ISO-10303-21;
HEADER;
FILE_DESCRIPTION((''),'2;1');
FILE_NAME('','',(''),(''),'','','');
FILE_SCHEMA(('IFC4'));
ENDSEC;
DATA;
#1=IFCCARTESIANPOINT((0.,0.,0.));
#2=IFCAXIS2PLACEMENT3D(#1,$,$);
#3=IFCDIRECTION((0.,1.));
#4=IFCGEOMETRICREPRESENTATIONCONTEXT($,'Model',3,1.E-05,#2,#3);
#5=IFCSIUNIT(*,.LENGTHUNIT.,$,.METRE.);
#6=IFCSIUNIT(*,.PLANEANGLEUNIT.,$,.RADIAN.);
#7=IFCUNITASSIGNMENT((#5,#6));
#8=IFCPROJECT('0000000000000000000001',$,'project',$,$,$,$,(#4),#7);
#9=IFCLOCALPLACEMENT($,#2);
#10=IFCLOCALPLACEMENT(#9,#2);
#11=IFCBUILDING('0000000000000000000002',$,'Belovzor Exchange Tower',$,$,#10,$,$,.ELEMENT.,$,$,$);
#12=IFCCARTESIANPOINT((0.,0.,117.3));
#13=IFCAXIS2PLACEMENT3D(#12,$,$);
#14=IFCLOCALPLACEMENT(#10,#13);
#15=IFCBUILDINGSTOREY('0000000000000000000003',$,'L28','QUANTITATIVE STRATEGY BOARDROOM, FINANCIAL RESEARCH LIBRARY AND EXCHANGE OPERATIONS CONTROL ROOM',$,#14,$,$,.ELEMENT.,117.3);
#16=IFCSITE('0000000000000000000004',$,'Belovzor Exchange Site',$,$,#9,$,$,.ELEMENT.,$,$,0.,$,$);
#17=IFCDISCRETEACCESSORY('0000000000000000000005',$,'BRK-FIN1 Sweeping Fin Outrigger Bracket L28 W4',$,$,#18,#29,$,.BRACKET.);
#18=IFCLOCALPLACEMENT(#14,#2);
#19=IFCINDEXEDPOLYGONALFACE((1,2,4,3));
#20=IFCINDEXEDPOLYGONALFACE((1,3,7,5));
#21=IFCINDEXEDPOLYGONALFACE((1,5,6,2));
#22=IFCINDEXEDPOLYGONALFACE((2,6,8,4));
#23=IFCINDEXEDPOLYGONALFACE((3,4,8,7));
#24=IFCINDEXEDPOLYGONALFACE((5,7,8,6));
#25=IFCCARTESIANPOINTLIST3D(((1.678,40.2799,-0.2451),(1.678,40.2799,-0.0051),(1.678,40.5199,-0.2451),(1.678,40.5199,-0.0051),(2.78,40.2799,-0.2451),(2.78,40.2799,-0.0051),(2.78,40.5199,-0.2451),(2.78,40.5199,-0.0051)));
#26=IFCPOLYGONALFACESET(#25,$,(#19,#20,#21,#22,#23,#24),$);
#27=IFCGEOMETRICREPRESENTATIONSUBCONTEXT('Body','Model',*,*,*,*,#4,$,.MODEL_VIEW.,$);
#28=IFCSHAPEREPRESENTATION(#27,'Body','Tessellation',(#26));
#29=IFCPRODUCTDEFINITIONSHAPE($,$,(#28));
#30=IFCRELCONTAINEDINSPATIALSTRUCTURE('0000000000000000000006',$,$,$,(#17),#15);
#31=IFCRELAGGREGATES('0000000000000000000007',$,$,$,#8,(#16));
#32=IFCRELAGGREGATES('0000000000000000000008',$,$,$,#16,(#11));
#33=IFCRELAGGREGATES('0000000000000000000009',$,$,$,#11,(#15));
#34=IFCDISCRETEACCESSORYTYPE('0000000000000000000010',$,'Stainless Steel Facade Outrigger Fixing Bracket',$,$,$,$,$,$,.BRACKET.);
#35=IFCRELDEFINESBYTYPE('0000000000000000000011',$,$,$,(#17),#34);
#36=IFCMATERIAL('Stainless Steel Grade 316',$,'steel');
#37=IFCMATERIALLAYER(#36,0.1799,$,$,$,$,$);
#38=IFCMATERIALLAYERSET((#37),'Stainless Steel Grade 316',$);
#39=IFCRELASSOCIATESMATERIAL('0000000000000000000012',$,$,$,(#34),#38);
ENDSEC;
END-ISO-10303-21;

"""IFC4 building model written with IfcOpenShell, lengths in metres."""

from ifc_helpers import new_model, si_unit, direction, frame, origin, origin_2d, place, context, subcontext, project, spatial, rectangle, extrude, material, layer, layer_set, type_object, element, save


model = new_model("IFC4")

# Units and contexts
model_context = context("Model", 3, precision=1e-05, world=origin(), true_north=direction((0.0, 1.0)))
body_context = subcontext(model_context, "Body", "Model", "MODEL_VIEW")
ifc_project = project(units=[si_unit("LENGTHUNIT", "METRE"), si_unit("PLANEANGLEUNIT", "RADIAN")], contexts=[model_context])

# Site, building, storey
site_placement = place(None, origin())
site = spatial("IfcSite", under=ifc_project, at=site_placement, Name="Belovzor Exchange Site", CompositionType="ELEMENT", RefElevation=0.0)
building_placement = place(site_placement, origin())
building = spatial("IfcBuilding", under=site, at=building_placement, Name="Belovzor Exchange Tower", CompositionType="ELEMENT")
storey_placement = place(building_placement, frame((0.0, 0.0, 117.3)))
storey = spatial("IfcBuildingStorey", under=building, at=storey_placement, Name="L28", Description="QUANTITATIVE STRATEGY BOARDROOM, FINANCIAL RESEARCH LIBRARY AND EXCHANGE OPERATIONS CONTROL ROOM", CompositionType="ELEMENT", Elevation=117.3)

# Discrete accessory
ifc_material_1 = material(Name="Stainless Steel Grade 316", Category="steel")
ifc_layer_1 = layer(ifc_material_1, 0.1799)
ifc_layer_set_1 = layer_set([ifc_layer_1], Name="Stainless Steel Grade 316")
discrete_accessory_type = type_object("IfcDiscreteAccessoryType", Name="Stainless Steel Facade Outrigger Fixing Bracket", PredefinedType="BRACKET", material=ifc_layer_set_1)
for number, where, z_axis, x_axis, name in (
    (1, (2.229, 40.3999, -0.2451), (0.0, 0.0, 1.0), (1.0, 0.0, 0.0), "BRK-FIN1 Sweeping Fin Outrigger Bracket L28 W4"),
):
    element("IfcDiscreteAccessory", number, at=place(storey_placement, frame(where, z_axis=z_axis, x_axis=x_axis)), inside=storey, type_object=discrete_accessory_type, Name=name, PredefinedType="BRACKET", context=body_context, shape_type="SweptSolid", body=[
        extrude(rectangle(XDim=1.1021, YDim=0.24, at=origin_2d()), origin(), (0.0, 0.0, 1.0), 0.24),
    ])

save(model, "model.ifc")
